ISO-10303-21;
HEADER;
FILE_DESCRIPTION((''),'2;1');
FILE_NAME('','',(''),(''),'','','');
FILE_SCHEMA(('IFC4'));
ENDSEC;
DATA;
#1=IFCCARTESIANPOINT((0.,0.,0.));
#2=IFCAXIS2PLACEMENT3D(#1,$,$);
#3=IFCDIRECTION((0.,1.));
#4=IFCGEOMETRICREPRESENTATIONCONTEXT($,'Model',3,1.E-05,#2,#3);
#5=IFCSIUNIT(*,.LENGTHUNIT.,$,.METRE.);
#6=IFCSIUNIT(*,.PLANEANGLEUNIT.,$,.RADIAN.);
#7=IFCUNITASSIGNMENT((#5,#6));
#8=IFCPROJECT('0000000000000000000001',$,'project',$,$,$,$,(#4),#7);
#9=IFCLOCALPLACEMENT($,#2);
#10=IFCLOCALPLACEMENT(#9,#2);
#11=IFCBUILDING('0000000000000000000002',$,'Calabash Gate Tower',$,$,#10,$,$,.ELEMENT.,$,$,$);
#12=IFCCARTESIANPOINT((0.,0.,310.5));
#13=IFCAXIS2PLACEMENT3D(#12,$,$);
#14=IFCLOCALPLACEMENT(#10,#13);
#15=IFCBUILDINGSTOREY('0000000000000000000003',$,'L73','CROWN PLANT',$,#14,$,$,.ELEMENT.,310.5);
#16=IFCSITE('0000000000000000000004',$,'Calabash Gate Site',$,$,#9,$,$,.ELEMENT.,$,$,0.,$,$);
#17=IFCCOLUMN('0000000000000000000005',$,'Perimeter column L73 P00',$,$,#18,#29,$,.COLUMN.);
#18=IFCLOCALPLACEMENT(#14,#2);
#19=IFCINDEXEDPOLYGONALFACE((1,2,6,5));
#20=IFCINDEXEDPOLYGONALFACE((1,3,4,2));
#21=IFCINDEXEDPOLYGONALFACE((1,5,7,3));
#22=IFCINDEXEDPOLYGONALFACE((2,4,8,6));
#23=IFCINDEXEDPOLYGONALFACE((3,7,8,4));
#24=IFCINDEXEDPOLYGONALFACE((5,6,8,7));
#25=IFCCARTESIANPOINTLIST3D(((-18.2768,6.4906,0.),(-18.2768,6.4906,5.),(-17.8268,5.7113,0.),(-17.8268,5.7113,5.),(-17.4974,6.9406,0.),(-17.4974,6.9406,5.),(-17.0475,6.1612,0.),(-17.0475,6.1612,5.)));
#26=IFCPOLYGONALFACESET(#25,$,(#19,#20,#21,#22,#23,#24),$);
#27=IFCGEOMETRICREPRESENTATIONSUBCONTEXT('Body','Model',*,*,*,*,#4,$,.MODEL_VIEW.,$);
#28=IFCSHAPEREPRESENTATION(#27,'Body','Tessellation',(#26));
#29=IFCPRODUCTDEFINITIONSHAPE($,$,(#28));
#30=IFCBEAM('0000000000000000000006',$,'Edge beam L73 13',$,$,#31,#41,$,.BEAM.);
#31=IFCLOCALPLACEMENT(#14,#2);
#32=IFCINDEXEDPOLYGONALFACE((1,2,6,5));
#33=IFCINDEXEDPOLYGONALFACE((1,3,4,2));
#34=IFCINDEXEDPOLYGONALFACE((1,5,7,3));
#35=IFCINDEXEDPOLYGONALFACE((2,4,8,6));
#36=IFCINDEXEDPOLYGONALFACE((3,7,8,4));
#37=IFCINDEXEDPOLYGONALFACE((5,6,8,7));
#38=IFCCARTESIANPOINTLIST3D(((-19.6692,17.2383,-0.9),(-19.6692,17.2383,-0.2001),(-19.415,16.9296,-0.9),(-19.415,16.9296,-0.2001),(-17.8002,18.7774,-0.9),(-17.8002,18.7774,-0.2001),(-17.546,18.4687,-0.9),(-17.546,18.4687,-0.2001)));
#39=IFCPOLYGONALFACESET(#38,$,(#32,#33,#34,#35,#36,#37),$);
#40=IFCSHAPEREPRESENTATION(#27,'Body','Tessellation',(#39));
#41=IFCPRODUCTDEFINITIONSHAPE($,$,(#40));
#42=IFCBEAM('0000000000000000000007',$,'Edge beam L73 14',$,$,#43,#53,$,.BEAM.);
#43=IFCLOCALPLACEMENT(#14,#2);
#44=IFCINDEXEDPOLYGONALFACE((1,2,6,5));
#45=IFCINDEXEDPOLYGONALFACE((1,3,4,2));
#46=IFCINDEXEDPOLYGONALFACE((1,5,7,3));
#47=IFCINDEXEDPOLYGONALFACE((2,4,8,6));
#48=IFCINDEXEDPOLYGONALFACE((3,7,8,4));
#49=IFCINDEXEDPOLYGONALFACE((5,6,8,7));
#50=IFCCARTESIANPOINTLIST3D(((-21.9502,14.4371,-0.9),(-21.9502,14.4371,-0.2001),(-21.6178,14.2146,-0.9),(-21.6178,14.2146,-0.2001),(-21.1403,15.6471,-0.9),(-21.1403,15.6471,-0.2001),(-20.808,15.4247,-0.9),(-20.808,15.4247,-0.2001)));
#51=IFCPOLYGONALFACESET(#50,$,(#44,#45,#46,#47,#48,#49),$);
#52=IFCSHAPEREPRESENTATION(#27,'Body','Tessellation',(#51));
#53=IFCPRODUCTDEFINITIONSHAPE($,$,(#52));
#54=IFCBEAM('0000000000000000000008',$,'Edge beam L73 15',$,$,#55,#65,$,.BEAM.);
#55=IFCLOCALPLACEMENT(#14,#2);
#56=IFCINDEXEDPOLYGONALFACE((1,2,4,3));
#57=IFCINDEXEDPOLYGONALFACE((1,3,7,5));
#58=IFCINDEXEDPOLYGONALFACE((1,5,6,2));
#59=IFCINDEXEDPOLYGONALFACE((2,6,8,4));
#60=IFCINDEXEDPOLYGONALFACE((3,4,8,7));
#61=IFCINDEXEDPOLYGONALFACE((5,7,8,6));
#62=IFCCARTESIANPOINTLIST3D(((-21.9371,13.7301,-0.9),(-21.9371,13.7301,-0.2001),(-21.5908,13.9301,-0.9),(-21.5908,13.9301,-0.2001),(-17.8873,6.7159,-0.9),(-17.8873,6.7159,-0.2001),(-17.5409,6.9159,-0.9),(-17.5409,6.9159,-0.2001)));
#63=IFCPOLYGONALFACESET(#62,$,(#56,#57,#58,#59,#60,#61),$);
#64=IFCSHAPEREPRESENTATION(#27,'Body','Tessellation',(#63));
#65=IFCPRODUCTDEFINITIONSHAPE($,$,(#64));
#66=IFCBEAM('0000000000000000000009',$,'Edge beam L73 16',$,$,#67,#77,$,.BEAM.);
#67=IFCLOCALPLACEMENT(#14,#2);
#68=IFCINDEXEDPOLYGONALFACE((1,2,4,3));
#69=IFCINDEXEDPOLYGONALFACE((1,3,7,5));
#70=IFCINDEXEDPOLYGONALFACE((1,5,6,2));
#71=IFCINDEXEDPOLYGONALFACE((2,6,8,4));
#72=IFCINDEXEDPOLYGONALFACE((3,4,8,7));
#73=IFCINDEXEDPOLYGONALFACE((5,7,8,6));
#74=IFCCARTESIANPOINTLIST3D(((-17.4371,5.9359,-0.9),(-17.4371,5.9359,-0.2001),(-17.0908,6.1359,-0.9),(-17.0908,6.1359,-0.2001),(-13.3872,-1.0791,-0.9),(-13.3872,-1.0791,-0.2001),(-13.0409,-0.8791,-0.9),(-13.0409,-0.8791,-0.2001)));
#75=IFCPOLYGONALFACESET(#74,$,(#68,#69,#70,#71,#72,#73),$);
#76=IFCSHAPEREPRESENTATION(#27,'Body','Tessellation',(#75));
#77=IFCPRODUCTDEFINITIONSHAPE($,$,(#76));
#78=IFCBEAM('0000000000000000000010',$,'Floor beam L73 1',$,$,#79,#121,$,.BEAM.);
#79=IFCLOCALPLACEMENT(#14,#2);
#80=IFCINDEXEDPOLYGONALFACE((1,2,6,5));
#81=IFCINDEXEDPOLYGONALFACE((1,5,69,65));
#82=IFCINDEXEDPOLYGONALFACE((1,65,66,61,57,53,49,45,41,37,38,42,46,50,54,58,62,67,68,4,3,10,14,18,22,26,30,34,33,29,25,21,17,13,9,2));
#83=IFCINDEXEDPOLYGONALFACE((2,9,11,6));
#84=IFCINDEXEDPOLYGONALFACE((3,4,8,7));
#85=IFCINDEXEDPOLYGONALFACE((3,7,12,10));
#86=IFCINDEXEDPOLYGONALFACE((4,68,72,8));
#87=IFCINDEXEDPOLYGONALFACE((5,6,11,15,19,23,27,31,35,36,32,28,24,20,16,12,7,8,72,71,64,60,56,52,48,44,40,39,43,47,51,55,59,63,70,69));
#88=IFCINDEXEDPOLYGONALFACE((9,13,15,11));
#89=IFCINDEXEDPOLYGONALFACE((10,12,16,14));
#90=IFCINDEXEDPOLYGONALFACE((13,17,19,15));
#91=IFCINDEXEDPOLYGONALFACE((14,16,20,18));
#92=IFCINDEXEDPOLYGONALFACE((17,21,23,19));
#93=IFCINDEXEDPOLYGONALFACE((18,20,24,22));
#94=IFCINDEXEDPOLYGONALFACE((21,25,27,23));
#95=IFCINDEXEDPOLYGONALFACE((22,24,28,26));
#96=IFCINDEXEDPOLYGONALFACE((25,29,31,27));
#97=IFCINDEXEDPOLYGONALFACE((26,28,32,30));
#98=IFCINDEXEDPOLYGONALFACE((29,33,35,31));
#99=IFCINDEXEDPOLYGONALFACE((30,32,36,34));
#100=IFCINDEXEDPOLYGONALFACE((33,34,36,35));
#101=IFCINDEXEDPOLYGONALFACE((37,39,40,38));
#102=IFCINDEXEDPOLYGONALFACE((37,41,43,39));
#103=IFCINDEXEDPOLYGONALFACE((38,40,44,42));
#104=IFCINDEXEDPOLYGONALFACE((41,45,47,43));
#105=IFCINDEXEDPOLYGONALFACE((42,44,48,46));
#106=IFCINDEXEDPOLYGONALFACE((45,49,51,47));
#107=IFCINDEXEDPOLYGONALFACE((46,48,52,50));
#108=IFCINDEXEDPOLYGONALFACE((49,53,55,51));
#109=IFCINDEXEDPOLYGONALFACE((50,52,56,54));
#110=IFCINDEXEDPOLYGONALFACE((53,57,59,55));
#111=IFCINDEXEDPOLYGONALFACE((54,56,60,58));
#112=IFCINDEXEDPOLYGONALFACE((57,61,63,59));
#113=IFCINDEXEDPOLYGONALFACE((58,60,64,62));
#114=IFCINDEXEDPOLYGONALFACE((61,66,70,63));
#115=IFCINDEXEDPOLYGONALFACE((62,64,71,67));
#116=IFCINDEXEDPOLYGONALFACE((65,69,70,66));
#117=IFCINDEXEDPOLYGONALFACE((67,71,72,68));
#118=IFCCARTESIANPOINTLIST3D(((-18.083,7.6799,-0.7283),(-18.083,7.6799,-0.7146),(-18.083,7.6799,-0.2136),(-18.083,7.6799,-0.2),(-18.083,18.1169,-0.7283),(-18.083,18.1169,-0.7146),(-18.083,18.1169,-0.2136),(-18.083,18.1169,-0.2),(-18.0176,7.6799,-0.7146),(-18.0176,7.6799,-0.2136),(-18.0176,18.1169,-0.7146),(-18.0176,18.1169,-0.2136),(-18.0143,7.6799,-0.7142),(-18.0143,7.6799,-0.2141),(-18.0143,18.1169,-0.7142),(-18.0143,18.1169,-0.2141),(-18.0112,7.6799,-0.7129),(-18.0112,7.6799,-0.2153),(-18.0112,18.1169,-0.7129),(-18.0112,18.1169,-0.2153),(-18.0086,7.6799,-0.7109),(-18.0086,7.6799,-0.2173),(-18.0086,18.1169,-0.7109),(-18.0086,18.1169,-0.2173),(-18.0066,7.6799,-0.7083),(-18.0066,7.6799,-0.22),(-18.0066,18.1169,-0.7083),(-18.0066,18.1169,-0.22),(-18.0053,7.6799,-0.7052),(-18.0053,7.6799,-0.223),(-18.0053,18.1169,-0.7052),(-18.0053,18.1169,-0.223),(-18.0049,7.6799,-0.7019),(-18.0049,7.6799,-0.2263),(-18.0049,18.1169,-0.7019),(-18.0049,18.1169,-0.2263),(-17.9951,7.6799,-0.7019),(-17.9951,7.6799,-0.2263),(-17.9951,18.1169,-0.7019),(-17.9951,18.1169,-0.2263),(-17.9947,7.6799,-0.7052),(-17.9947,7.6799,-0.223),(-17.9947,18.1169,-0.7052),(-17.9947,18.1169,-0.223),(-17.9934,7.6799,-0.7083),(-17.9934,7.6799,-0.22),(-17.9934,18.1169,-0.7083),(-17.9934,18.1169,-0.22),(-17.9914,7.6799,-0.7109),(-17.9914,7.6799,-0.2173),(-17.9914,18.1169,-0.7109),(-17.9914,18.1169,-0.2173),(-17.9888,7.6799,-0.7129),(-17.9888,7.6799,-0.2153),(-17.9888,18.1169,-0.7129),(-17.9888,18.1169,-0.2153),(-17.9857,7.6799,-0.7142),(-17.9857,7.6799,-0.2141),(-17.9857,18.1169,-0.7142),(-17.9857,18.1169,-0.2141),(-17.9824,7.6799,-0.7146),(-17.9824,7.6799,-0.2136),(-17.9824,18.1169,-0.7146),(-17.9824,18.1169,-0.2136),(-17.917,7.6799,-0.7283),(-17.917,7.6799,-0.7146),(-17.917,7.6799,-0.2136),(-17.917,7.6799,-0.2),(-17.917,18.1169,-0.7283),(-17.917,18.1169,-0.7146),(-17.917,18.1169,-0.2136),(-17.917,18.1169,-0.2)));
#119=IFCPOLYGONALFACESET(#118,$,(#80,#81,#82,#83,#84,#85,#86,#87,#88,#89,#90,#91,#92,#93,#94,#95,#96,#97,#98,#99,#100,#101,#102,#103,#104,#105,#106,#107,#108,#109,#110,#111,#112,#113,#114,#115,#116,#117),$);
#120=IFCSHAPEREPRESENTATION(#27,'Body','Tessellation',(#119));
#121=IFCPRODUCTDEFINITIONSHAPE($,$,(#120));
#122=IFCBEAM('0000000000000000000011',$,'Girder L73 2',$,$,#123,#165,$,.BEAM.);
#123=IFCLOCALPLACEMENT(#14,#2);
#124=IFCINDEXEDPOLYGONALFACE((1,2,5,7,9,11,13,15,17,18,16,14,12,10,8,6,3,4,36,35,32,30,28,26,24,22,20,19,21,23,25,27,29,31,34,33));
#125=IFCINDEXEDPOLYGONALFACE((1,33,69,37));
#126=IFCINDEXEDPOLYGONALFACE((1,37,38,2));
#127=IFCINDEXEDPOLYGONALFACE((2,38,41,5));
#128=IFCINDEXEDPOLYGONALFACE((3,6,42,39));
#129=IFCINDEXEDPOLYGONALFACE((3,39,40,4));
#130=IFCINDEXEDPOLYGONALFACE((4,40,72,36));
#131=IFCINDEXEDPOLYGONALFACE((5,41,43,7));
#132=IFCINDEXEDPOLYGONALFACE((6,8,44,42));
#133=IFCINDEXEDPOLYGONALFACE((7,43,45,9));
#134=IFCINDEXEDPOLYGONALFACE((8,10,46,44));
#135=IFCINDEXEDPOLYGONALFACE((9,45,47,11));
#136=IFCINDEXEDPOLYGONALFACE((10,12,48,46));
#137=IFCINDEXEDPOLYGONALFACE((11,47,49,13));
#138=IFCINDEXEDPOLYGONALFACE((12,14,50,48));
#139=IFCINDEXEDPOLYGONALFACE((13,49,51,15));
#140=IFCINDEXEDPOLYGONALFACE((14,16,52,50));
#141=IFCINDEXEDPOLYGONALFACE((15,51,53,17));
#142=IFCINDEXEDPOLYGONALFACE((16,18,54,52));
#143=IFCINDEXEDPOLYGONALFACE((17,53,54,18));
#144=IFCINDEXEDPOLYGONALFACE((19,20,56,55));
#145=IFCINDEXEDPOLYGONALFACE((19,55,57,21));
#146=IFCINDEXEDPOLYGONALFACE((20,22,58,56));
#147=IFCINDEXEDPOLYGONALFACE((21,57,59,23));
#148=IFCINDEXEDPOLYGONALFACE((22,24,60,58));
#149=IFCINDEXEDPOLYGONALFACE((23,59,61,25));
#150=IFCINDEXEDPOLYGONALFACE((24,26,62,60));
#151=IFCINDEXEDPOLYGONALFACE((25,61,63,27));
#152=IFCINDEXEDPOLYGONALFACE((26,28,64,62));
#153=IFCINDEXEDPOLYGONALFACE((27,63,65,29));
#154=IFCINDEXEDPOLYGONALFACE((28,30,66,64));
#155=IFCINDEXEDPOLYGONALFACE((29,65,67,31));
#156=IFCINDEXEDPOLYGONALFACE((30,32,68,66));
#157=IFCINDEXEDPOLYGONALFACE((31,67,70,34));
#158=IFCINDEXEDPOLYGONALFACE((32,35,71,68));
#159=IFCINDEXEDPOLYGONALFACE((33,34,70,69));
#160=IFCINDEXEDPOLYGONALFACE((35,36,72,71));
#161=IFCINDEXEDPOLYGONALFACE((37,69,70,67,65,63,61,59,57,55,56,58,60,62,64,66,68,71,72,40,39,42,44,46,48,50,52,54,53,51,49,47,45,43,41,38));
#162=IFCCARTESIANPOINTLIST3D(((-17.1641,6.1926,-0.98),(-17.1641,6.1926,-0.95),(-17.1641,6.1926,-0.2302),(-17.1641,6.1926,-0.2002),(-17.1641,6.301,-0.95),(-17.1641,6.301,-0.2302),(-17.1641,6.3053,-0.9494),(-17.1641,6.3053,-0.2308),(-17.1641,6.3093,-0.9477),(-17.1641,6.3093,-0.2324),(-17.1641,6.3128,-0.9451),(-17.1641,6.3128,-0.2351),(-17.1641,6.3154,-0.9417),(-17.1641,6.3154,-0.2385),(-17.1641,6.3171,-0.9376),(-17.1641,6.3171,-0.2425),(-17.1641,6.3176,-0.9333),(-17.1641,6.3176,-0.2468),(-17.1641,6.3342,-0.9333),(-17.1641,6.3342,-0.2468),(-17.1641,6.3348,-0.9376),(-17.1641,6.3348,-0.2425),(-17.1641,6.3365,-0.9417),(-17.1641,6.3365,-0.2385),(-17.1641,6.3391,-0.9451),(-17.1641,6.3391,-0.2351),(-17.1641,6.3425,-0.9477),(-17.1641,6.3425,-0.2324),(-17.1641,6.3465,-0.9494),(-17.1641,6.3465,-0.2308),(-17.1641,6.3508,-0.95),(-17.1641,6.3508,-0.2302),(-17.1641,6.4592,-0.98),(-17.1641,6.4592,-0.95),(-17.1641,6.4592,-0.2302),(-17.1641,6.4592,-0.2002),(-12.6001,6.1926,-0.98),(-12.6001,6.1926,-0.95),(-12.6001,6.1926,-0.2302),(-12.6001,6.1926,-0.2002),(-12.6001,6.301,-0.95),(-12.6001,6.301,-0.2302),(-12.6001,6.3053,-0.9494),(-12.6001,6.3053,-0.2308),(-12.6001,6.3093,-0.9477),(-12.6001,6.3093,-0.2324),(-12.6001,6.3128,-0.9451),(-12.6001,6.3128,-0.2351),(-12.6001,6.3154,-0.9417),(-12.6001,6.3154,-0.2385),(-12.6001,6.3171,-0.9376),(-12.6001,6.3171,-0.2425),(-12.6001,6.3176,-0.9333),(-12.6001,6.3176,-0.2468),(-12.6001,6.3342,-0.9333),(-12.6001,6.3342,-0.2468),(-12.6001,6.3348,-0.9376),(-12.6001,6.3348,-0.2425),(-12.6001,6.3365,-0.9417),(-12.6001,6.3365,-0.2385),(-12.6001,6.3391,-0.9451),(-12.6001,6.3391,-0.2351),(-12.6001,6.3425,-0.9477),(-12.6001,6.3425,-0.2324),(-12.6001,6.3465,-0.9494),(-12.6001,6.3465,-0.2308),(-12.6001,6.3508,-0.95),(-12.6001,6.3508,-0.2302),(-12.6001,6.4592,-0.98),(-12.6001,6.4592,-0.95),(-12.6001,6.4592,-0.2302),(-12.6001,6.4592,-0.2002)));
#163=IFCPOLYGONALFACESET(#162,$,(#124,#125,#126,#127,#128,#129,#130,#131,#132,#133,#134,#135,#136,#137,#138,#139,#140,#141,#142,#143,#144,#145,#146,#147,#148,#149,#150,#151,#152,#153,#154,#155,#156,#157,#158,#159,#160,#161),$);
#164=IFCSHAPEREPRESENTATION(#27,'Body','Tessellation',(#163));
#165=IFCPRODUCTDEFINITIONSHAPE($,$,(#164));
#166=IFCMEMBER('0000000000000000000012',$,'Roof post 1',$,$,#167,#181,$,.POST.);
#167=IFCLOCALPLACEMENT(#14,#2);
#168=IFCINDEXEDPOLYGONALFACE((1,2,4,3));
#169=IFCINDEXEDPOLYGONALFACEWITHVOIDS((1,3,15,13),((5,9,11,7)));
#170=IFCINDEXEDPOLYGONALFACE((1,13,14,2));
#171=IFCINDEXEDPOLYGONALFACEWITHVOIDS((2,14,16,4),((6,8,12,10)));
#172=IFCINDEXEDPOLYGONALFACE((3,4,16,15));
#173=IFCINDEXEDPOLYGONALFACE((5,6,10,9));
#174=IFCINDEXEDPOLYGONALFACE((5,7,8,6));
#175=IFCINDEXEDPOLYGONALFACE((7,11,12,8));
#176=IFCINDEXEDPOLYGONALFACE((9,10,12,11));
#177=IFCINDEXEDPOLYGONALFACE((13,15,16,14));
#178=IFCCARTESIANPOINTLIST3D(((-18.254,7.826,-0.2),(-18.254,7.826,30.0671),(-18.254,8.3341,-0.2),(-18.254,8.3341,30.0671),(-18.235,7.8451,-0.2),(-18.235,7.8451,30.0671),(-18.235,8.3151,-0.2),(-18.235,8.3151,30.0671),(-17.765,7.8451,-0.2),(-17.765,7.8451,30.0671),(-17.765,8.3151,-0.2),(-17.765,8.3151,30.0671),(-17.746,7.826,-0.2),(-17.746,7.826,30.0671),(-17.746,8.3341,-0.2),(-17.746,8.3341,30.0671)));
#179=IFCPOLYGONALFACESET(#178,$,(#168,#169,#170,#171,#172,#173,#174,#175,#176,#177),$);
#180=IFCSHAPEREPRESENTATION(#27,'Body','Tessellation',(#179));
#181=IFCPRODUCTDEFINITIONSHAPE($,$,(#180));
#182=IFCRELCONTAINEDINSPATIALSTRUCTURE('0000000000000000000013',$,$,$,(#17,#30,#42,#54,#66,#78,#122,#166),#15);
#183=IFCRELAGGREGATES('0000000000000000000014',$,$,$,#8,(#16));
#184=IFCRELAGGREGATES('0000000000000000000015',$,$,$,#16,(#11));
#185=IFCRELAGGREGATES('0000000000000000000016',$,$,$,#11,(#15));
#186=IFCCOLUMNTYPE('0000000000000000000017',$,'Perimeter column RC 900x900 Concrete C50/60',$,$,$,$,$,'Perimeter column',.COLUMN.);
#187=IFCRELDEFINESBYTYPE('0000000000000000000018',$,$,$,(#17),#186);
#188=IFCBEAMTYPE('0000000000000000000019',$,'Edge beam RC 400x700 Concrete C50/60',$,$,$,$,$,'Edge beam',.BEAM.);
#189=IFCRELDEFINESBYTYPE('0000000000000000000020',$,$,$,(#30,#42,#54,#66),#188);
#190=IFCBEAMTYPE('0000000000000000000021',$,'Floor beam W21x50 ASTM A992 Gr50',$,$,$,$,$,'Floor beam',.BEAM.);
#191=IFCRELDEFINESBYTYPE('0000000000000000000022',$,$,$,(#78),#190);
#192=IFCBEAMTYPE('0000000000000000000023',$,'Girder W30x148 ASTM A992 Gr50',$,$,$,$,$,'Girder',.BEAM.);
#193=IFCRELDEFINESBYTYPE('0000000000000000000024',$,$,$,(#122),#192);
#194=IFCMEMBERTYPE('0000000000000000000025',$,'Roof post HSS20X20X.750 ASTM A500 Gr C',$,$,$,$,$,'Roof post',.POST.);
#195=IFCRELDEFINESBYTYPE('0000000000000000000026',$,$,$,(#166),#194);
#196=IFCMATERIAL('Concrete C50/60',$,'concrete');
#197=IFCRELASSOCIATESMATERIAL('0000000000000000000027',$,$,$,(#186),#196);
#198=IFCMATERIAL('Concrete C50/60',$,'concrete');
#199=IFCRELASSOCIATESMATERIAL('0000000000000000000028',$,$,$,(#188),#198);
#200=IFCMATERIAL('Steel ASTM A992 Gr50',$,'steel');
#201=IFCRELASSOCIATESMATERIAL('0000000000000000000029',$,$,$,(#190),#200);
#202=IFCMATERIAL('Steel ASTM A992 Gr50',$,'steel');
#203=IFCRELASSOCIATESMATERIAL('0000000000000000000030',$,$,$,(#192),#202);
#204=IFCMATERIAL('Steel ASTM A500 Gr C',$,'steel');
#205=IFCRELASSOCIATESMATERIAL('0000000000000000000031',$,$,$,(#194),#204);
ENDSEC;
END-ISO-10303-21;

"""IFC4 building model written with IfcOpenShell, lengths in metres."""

from ifc_helpers import new_model, si_unit, direction, frame, origin, origin_2d, place, context, subcontext, project, spatial, rectangle, hollow_rectangle, i_section, extrude, material, material_profile, profile_set, type_object, element, save


model = new_model("IFC4")

# Units and contexts
model_context = context("Model", 3, precision=1e-05, world=origin(), true_north=direction((0.0, 1.0)))
body_context = subcontext(model_context, "Body", "Model", "MODEL_VIEW")
ifc_project = project(units=[si_unit("LENGTHUNIT", "METRE"), si_unit("PLANEANGLEUNIT", "RADIAN")], contexts=[model_context])

# Site, building, storey
site_placement = place(None, origin())
site = spatial("IfcSite", under=ifc_project, at=site_placement, Name="Calabash Gate Site", CompositionType="ELEMENT", RefElevation=0.0)
building_placement = place(site_placement, origin())
building = spatial("IfcBuilding", under=site, at=building_placement, Name="Calabash Gate Tower", CompositionType="ELEMENT")
storey_placement = place(building_placement, frame((0.0, 0.0, 310.5)))
storey = spatial("IfcBuildingStorey", under=building, at=storey_placement, Name="L73", Description="CROWN PLANT", CompositionType="ELEMENT", Elevation=310.5)

# Column
ifc_material_1 = material(Name="Concrete C50/60", Category="concrete")
ifc_material_profile_1 = material_profile(ifc_material_1, rectangle(XDim=0.8999, YDim=0.8999, at=origin_2d()))
ifc_profile_set_1 = profile_set([ifc_material_profile_1], Name="Concrete C50/60")
column_type = type_object("IfcColumnType", Name="Perimeter column RC 900x900 Concrete C50/60", ElementType="Perimeter column", PredefinedType="COLUMN", material=ifc_profile_set_1)
column_placement = place(storey_placement, frame((-17.6621, 6.3259, 0.0), z_axis=(0.0, 0.0, 1.0), x_axis=(0.5, -0.866025, 0.0)))
element("IfcColumn", 1, at=column_placement, inside=storey, type_object=column_type, Name="Perimeter column L73 P00", PredefinedType="COLUMN", context=body_context, shape_type="SweptSolid", body=[
    extrude(rectangle(XDim=0.8999, YDim=0.8999, at=origin_2d()), origin(), (0.0, 0.0, 1.0), 5.0),
])

# Beams
ifc_material_2 = material(Name="Concrete C50/60", Category="concrete")
ifc_material_profile_2 = material_profile(ifc_material_2, rectangle(XDim=0.3999, YDim=0.7, at=origin_2d()))
ifc_profile_set_2 = profile_set([ifc_material_profile_2], Name="Concrete C50/60")
beam_type_1 = type_object("IfcBeamType", Name="Edge beam RC 400x700 Concrete C50/60", ElementType="Edge beam", PredefinedType="BEAM", material=ifc_profile_set_2)
beam_1_placement = place(storey_placement, frame((-17.6731, 18.623, -0.55), z_axis=(-0.771936, -0.6357, 0.0), x_axis=(0.6357, -0.771936, 0.0)))
element("IfcBeam", 2, at=beam_1_placement, inside=storey, type_object=beam_type_1, Name="Edge beam L73 13", PredefinedType="BEAM", context=body_context, shape_type="SweptSolid", body=[
    extrude(rectangle(XDim=0.3999, YDim=0.7, at=origin_2d()), origin(), (0.0, 0.0, 1.0), 2.4211),
])
beam_2_placement = place(storey_placement, frame((-20.9741, 15.5359, -0.55), z_axis=(-0.556208, -0.831043, 0.0), x_axis=(0.831043, -0.556208, 0.0)))
element("IfcBeam", 3, at=beam_2_placement, inside=storey, type_object=beam_type_1, Name="Edge beam L73 14", PredefinedType="BEAM", context=body_context, shape_type="SweptSolid", body=[
    extrude(rectangle(XDim=0.3999, YDim=0.7, at=origin_2d()), origin(), (0.0, 0.0, 1.0), 1.4561),
])
beam_3_placement = place(storey_placement, frame((-21.7639, 13.8301, -0.55), z_axis=(0.500016, -0.866016, 0.0), x_axis=(0.866016, 0.500016, 0.0)))
element("IfcBeam", 4, at=beam_3_placement, inside=storey, type_object=beam_type_1, Name="Edge beam L73 15", PredefinedType="BEAM", context=body_context, shape_type="SweptSolid", body=[
    extrude(rectangle(XDim=0.3999, YDim=0.7, at=origin_2d()), origin(), (0.0, 0.0, 1.0), 8.0994),
])
beam_4_placement = place(storey_placement, frame((-17.2639, 6.0359, -0.55), z_axis=(0.499977, -0.866039, 0.0), x_axis=(0.866039, 0.499977, 0.0)))
element("IfcBeam", 5, at=beam_4_placement, inside=storey, type_object=beam_type_1, Name="Edge beam L73 16", PredefinedType="BEAM", context=body_context, shape_type="SweptSolid", body=[
    extrude(rectangle(XDim=0.3999, YDim=0.7, at=origin_2d()), origin(), (0.0, 0.0, 1.0), 8.1001),
])
ifc_material_3 = material(Name="Steel ASTM A992 Gr50", Category="steel")
ifc_material_profile_3 = material_profile(ifc_material_3, i_section(OverallWidth=0.166, OverallDepth=0.5283, WebThickness=0.0098, FlangeThickness=0.0137, FilletRadius=0.0127, at=origin_2d()))
ifc_profile_set_3 = profile_set([ifc_material_profile_3], Name="Steel ASTM A992 Gr50")
beam_type_2 = type_object("IfcBeamType", Name="Floor beam W21x50 ASTM A992 Gr50", ElementType="Floor beam", PredefinedType="BEAM", material=ifc_profile_set_3)
beam_5_placement = place(storey_placement, frame((-18.0, 7.6799, -0.4641), z_axis=(0.0, 1.0, 0.0), x_axis=(-1.0, 0.0, 0.0)))
element("IfcBeam", 6, at=beam_5_placement, inside=storey, type_object=beam_type_2, Name="Floor beam L73 1", PredefinedType="BEAM", context=body_context, shape_type="SweptSolid", body=[
    extrude(i_section(OverallWidth=0.166, OverallDepth=0.5283, WebThickness=0.0098, FlangeThickness=0.0137, FilletRadius=0.0127, at=origin_2d()), origin(), (0.0, 0.0, 1.0), 10.437),
])
ifc_material_4 = material(Name="Steel ASTM A992 Gr50", Category="steel")
ifc_material_profile_4 = material_profile(ifc_material_4, i_section(OverallWidth=0.2666, OverallDepth=0.7798, WebThickness=0.0166, FlangeThickness=0.03, FilletRadius=0.0166, at=origin_2d()))
ifc_profile_set_4 = profile_set([ifc_material_profile_4], Name="Steel ASTM A992 Gr50")
beam_type_3 = type_object("IfcBeamType", Name="Girder W30x148 ASTM A992 Gr50", ElementType="Girder", PredefinedType="BEAM", material=ifc_profile_set_4)
beam_6_placement = place(storey_placement, frame((-17.1641, 6.3259, -0.5901), z_axis=(1.0, 0.0, 0.0), x_axis=(0.0, 1.0, 0.0)))
element("IfcBeam", 7, at=beam_6_placement, inside=storey, type_object=beam_type_3, Name="Girder L73 2", PredefinedType="BEAM", context=body_context, shape_type="SweptSolid", body=[
    extrude(i_section(OverallWidth=0.2666, OverallDepth=0.7798, WebThickness=0.0166, FlangeThickness=0.03, FilletRadius=0.0166, at=origin_2d()), origin(), (0.0, 0.0, 1.0), 4.564),
])

# Member
ifc_material_5 = material(Name="Steel ASTM A500 Gr C", Category="steel")
ifc_material_profile_5 = material_profile(ifc_material_5, hollow_rectangle(XDim=0.5081, YDim=0.5081, WallThickness=0.019, at=origin_2d()))
ifc_profile_set_5 = profile_set([ifc_material_profile_5], Name="Steel ASTM A500 Gr C")
member_type = type_object("IfcMemberType", Name="Roof post HSS20X20X.750 ASTM A500 Gr C", ElementType="Roof post", PredefinedType="POST", material=ifc_profile_set_5)
member_placement = place(storey_placement, frame((-18.0, 8.0801, -0.2), z_axis=(0.0, 0.0, 1.0), x_axis=(1.0, 0.0, 0.0)))
element("IfcMember", 8, at=member_placement, inside=storey, type_object=member_type, Name="Roof post 1", PredefinedType="POST", context=body_context, shape_type="SweptSolid", body=[
    extrude(hollow_rectangle(XDim=0.5081, YDim=0.5081, WallThickness=0.019, at=origin_2d()), origin(), (0.0, 0.0, 1.0), 30.2671),
])

save(model, "model.ifc")
